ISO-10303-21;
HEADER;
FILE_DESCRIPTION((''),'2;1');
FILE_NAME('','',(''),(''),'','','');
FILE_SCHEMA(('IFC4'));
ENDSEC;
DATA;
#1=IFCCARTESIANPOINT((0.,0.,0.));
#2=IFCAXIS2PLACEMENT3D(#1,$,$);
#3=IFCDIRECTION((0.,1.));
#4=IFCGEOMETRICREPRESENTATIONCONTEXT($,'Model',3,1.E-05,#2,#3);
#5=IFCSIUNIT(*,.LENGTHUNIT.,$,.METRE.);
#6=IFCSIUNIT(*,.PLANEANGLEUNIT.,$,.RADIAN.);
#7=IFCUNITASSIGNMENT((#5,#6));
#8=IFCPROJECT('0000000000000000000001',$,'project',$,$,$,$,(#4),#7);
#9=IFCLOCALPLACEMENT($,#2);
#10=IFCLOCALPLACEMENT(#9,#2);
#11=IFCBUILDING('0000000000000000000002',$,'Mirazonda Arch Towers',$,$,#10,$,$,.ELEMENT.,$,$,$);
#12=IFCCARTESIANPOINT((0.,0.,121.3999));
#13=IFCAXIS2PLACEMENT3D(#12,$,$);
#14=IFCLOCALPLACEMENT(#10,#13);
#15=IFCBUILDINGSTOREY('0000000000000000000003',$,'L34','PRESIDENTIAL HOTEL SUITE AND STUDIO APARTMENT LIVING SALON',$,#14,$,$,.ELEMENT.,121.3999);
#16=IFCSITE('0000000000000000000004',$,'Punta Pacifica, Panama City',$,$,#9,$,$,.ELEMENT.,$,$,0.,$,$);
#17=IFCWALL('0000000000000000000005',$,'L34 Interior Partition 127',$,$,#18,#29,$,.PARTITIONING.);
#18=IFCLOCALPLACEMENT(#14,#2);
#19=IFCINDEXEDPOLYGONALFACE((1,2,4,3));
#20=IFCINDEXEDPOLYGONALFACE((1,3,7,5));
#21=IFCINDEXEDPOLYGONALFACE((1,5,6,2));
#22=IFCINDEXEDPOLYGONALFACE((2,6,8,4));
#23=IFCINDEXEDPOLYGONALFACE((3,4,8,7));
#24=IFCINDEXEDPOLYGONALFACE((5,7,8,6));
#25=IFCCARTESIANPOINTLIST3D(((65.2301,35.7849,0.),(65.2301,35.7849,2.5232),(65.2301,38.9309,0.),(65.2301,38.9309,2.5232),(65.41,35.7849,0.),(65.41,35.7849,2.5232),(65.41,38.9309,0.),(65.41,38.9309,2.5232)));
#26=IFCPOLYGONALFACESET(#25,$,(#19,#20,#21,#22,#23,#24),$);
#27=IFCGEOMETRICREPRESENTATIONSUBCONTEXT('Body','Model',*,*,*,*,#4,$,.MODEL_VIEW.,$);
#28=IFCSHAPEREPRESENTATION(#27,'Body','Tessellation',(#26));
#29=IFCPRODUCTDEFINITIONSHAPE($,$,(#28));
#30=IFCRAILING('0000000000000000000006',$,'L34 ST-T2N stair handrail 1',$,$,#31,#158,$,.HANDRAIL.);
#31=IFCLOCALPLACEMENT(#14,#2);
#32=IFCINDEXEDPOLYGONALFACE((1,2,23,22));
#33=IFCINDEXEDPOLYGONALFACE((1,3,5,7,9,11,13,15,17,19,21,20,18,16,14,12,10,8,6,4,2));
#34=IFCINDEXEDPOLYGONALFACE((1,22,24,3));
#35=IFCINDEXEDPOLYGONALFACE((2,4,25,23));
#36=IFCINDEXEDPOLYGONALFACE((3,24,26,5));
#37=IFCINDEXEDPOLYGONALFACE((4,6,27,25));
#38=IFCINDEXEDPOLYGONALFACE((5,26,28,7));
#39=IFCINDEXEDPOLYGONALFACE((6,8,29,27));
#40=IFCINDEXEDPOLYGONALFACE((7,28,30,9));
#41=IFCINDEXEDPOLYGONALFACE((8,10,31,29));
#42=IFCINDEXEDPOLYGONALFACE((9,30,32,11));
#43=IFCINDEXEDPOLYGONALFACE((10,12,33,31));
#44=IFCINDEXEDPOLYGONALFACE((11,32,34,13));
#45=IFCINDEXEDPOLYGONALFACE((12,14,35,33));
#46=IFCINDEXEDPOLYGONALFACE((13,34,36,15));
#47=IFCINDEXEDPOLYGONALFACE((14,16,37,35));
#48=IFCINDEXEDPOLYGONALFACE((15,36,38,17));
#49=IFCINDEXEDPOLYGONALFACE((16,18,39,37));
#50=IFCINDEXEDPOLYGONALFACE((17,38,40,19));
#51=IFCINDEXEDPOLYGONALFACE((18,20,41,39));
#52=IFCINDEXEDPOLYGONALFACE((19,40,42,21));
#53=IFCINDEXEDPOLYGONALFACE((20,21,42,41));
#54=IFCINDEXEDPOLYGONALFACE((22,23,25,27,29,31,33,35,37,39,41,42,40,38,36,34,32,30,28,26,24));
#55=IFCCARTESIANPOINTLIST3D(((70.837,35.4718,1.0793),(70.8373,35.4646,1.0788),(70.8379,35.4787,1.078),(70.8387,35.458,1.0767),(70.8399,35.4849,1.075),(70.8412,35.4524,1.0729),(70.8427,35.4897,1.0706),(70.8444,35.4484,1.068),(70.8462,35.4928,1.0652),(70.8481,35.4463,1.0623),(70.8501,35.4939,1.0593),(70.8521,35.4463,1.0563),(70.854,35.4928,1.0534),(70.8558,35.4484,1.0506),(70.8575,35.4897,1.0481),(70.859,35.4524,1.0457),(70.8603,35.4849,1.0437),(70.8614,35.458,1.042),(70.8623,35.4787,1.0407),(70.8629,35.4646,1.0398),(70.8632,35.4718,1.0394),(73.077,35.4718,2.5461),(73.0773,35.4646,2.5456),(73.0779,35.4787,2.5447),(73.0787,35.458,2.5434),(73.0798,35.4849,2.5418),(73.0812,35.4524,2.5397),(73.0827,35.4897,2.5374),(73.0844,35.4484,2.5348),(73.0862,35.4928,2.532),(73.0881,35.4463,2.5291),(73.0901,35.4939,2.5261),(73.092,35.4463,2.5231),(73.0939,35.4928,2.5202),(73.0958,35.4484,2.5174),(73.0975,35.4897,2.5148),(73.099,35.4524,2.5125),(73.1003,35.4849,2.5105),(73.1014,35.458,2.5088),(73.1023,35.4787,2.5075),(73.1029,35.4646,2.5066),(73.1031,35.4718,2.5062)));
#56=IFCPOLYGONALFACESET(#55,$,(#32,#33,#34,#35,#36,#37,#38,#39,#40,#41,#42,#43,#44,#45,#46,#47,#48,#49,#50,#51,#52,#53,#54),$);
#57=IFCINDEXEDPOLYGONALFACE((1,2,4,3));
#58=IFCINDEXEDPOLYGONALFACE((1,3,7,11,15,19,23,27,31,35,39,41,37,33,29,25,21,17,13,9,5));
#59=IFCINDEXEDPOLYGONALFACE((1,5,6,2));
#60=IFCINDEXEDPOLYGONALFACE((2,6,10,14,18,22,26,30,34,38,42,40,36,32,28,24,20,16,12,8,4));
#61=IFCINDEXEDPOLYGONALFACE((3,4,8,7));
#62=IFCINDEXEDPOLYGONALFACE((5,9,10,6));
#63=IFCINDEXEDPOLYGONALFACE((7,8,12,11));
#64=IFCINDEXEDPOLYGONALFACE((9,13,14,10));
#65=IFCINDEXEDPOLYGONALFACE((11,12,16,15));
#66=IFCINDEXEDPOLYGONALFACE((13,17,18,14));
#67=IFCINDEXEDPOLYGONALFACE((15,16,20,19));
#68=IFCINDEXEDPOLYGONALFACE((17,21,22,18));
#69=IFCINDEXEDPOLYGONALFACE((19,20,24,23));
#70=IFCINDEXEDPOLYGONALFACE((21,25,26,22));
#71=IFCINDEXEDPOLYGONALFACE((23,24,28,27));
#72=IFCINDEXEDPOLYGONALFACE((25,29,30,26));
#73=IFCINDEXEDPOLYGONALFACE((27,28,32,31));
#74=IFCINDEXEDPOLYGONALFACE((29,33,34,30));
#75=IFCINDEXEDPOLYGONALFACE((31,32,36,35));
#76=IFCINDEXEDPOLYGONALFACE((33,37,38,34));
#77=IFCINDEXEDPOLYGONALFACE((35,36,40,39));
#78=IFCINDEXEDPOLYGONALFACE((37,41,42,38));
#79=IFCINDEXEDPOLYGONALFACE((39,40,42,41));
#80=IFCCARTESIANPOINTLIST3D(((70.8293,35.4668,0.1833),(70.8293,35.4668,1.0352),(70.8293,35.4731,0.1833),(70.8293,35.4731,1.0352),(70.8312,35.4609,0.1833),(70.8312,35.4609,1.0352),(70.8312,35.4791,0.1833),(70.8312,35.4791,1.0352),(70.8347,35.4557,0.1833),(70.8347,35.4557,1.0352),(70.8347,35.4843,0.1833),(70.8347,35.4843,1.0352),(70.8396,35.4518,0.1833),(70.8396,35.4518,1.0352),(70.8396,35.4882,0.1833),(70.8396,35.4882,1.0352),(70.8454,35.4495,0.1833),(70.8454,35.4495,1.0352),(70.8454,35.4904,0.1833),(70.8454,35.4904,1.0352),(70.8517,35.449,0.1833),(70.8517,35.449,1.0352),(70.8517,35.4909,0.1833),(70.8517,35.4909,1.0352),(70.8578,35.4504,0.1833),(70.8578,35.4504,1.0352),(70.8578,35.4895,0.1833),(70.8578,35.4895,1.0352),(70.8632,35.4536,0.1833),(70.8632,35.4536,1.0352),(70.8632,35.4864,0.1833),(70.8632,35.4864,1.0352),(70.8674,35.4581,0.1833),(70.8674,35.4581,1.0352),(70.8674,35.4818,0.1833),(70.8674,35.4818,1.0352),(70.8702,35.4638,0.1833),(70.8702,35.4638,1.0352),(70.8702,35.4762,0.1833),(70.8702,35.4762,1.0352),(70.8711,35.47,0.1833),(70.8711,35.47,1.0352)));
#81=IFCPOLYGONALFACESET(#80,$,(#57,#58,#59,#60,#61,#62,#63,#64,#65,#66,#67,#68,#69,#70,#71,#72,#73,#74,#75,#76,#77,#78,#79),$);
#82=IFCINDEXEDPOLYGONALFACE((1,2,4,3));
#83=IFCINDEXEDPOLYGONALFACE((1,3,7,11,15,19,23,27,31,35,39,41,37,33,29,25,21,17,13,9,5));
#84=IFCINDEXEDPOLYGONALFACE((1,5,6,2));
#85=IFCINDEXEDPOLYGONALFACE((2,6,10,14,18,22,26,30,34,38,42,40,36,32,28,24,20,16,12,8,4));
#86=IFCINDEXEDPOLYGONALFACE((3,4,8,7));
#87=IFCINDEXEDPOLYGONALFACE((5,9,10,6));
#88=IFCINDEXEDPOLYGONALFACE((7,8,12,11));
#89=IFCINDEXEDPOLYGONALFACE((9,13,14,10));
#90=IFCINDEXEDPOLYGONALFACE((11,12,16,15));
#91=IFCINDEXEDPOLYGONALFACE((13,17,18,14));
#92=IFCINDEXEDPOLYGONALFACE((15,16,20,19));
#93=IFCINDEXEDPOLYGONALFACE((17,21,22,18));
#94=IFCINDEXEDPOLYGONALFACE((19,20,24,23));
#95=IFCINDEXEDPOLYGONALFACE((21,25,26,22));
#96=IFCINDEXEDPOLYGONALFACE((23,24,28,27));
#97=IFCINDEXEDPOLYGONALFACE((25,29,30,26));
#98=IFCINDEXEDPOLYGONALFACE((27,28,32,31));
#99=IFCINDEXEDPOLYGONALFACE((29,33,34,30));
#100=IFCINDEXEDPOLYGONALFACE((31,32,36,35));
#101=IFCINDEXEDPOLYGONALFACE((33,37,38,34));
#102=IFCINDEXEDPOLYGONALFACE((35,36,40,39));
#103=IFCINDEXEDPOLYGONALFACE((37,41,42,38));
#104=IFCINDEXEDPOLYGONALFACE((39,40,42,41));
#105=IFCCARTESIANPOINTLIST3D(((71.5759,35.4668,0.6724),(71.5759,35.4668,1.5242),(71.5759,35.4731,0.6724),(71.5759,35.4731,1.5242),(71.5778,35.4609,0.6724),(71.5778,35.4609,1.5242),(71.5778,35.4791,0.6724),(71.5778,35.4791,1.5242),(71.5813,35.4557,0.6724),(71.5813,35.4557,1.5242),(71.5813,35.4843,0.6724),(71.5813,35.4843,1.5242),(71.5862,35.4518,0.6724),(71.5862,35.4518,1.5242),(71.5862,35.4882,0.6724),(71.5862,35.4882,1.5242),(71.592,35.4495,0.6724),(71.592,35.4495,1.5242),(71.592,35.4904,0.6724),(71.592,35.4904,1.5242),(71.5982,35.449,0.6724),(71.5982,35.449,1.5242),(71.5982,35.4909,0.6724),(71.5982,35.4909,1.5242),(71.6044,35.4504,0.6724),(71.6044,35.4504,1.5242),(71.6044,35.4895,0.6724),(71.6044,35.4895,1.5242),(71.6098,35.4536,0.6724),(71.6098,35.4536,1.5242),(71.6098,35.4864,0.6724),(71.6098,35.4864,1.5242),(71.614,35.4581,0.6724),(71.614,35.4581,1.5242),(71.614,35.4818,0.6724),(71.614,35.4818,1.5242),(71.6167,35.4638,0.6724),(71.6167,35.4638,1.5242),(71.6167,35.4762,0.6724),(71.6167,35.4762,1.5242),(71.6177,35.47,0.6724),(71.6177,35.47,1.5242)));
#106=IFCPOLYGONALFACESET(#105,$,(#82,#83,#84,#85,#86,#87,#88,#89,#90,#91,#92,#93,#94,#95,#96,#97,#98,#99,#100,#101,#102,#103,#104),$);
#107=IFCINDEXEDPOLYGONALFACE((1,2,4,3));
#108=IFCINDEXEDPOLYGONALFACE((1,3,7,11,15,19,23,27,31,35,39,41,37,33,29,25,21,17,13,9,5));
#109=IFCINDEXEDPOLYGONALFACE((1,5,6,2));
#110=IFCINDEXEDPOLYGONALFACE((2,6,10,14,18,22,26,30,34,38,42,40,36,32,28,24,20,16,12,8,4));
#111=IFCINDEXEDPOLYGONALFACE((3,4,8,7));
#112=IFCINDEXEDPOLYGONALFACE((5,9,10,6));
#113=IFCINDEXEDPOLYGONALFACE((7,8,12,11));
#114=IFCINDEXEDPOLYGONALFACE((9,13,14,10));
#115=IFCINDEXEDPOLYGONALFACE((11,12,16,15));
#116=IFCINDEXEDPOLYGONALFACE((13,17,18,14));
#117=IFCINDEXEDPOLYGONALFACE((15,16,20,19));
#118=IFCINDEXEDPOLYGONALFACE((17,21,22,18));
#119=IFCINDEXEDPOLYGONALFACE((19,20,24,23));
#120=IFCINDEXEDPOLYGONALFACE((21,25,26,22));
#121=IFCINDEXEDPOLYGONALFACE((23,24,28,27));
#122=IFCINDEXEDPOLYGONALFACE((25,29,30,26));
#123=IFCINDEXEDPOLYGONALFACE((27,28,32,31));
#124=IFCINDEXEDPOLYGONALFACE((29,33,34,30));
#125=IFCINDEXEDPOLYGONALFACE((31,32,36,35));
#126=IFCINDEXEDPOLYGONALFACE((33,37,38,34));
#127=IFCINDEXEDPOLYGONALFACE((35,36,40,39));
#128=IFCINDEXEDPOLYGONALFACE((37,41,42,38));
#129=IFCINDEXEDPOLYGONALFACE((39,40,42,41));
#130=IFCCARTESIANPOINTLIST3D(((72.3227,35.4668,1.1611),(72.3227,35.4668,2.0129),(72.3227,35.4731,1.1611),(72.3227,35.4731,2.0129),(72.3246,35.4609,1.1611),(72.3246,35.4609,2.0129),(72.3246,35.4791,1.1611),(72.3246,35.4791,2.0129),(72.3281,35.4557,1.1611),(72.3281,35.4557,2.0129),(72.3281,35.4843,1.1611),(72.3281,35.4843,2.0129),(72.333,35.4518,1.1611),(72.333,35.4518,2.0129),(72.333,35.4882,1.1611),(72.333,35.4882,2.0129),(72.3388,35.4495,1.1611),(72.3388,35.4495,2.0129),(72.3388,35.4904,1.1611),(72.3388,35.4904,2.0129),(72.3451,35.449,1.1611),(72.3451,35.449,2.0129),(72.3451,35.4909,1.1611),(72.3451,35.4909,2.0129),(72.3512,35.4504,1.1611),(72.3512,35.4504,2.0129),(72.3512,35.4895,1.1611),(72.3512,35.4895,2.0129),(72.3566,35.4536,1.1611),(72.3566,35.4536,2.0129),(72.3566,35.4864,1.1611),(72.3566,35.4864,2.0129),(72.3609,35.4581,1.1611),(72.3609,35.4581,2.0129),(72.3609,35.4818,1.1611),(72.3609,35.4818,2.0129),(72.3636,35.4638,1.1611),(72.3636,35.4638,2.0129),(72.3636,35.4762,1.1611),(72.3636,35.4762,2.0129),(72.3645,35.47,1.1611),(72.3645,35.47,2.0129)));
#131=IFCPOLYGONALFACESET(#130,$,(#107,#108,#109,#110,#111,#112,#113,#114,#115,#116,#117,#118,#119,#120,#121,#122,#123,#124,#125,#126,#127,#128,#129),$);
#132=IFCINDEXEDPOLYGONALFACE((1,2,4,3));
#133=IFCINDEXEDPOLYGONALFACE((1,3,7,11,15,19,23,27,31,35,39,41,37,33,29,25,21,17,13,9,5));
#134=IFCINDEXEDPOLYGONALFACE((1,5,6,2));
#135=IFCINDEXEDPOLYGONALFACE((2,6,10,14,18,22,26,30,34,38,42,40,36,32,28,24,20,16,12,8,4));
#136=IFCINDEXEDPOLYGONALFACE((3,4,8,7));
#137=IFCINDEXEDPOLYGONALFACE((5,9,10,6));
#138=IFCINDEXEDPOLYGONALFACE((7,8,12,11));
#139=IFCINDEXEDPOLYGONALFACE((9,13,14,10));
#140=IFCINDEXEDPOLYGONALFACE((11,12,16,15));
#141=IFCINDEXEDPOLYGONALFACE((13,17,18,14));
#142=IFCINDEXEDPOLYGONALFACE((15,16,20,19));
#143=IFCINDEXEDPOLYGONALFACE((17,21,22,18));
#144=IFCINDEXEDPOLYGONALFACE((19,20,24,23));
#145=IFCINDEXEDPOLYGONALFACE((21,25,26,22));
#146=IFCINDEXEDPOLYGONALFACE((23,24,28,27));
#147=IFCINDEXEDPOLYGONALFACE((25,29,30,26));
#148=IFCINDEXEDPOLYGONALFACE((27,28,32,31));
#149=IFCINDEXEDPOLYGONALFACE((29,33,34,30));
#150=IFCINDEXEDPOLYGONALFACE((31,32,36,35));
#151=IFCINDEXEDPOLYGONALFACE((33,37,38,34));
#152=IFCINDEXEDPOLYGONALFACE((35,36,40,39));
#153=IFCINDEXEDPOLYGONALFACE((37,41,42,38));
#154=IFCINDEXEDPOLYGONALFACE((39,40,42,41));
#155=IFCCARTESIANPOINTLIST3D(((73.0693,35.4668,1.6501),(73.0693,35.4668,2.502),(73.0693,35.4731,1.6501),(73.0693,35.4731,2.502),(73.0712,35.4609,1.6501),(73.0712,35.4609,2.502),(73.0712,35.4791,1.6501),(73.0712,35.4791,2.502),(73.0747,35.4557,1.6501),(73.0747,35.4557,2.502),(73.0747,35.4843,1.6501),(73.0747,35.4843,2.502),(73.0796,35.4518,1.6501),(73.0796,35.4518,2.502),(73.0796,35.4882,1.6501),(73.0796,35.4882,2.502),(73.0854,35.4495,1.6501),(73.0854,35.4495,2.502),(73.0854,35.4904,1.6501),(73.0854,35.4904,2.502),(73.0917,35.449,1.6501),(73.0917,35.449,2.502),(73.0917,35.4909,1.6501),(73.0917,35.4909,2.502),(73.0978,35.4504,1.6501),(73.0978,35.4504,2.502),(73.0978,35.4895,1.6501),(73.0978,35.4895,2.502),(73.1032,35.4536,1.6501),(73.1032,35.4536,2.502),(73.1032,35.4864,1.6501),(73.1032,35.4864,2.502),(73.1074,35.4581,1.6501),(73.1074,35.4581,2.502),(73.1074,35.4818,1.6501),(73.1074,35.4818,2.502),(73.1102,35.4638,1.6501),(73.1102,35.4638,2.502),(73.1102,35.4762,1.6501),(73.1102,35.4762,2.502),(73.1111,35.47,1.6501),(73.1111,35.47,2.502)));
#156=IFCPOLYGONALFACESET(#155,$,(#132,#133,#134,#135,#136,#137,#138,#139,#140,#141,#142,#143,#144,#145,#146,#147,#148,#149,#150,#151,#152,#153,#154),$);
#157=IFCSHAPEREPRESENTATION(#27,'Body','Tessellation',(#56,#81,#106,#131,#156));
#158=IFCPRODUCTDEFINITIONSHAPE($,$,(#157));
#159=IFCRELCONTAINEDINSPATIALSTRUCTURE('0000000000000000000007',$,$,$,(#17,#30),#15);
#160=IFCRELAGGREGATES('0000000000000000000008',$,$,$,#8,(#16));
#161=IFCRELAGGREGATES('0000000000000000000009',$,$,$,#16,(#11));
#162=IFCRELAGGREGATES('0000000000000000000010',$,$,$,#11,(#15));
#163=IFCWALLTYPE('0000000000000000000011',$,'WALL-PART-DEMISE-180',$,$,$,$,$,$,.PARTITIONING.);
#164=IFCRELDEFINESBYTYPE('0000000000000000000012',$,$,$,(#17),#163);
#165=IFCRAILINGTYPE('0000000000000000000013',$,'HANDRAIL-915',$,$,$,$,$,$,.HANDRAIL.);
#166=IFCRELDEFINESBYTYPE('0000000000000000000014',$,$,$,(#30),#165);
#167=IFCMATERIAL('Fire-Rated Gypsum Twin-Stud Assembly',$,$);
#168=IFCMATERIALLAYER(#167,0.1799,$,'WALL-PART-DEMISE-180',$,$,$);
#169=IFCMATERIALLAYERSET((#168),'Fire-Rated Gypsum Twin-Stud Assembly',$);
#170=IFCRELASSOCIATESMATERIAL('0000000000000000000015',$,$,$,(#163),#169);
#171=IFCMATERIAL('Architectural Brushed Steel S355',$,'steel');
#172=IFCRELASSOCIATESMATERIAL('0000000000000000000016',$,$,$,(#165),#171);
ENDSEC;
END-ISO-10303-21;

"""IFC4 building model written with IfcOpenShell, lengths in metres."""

from ifc_helpers import new_model, si_unit, direction, frame, frame_2d, origin, origin_2d, place, context, subcontext, project, spatial, rectangle, circle, extrude, material, layer, layer_set, type_object, element, save


model = new_model("IFC4")

# Units and contexts
model_context = context("Model", 3, precision=1e-05, world=origin(), true_north=direction((0.0, 1.0)))
body_context = subcontext(model_context, "Body", "Model", "MODEL_VIEW")
ifc_project = project(units=[si_unit("LENGTHUNIT", "METRE"), si_unit("PLANEANGLEUNIT", "RADIAN")], contexts=[model_context])

# Site, building, storey
site_placement = place(None, origin())
site = spatial("IfcSite", under=ifc_project, at=site_placement, Name="Punta Pacifica, Panama City", CompositionType="ELEMENT", RefElevation=0.0)
building_placement = place(site_placement, origin())
building = spatial("IfcBuilding", under=site, at=building_placement, Name="Mirazonda Arch Towers", CompositionType="ELEMENT")
storey_placement = place(building_placement, frame((0.0, 0.0, 121.3999)))
storey = spatial("IfcBuildingStorey", under=building, at=storey_placement, Name="L34", Description="PRESIDENTIAL HOTEL SUITE AND STUDIO APARTMENT LIVING SALON", CompositionType="ELEMENT", Elevation=121.3999)

# Shared definitions
ifc_material_1 = material(Name="Architectural Brushed Steel S355", Category="steel")

# Shared definitions
ifc_material_2 = material(Name="Fire-Rated Gypsum Twin-Stud Assembly")
ifc_layer_1 = layer(ifc_material_2, 0.1799, Name="WALL-PART-DEMISE-180")
ifc_layer_set_1 = layer_set([ifc_layer_1], Name="Fire-Rated Gypsum Twin-Stud Assembly")
wall_type_1 = type_object("IfcWallType", Name="WALL-PART-DEMISE-180", PredefinedType="PARTITIONING", material=ifc_layer_set_1)

# Wall
wall_1_placement = place(storey_placement, frame((65.3201, 35.7849, 0.0), z_axis=(0.0, 0.0, 1.0), x_axis=(0.0, 1.0, 0.0)))
element("IfcWall", 1, at=wall_1_placement, inside=storey, type_object=wall_type_1, Name="L34 Interior Partition 127", PredefinedType="PARTITIONING", context=body_context, shape_type="SweptSolid", body=[
    extrude(rectangle(XDim=3.146, YDim=0.1799, at=frame_2d((1.573, 0.0))), origin(), (0.0, 0.0, 1.0), 2.5232),
])

# Railing
railing_type = type_object("IfcRailingType", Name="HANDRAIL-915", PredefinedType="HANDRAIL", material=ifc_material_1)
railing_placement = place(storey_placement, frame((70.8501, 35.47, 0.1833)))
element("IfcRailing", 2, at=railing_placement, inside=storey, type_object=railing_type, Name="L34 ST-T2N stair handrail 1", PredefinedType="HANDRAIL", context=body_context, shape_type="SweptSolid", body=[
    extrude(circle(Radius=0.0239, at=origin_2d()), frame((0.0, 0.0, 0.876), z_axis=(0.836595, 0.0, 0.547822), x_axis=(0.0, 1.0, 0.0)), (0.0, 0.0, 1.0), 2.6775),
    extrude(circle(Radius=0.021, at=origin_2d()), origin(), (0.0, 0.0, 1.0), 0.8518),
    extrude(circle(Radius=0.021, at=origin_2d()), frame((0.7466, 0.0, 0.489)), (0.0, 0.0, 1.0), 0.8518),
    extrude(circle(Radius=0.021, at=origin_2d()), frame((1.4934, 0.0, 0.9778)), (0.0, 0.0, 1.0), 0.8518),
    extrude(circle(Radius=0.021, at=origin_2d()), frame((2.24, 0.0, 1.4668)), (0.0, 0.0, 1.0), 0.8518),
])

save(model, "model.ifc")
